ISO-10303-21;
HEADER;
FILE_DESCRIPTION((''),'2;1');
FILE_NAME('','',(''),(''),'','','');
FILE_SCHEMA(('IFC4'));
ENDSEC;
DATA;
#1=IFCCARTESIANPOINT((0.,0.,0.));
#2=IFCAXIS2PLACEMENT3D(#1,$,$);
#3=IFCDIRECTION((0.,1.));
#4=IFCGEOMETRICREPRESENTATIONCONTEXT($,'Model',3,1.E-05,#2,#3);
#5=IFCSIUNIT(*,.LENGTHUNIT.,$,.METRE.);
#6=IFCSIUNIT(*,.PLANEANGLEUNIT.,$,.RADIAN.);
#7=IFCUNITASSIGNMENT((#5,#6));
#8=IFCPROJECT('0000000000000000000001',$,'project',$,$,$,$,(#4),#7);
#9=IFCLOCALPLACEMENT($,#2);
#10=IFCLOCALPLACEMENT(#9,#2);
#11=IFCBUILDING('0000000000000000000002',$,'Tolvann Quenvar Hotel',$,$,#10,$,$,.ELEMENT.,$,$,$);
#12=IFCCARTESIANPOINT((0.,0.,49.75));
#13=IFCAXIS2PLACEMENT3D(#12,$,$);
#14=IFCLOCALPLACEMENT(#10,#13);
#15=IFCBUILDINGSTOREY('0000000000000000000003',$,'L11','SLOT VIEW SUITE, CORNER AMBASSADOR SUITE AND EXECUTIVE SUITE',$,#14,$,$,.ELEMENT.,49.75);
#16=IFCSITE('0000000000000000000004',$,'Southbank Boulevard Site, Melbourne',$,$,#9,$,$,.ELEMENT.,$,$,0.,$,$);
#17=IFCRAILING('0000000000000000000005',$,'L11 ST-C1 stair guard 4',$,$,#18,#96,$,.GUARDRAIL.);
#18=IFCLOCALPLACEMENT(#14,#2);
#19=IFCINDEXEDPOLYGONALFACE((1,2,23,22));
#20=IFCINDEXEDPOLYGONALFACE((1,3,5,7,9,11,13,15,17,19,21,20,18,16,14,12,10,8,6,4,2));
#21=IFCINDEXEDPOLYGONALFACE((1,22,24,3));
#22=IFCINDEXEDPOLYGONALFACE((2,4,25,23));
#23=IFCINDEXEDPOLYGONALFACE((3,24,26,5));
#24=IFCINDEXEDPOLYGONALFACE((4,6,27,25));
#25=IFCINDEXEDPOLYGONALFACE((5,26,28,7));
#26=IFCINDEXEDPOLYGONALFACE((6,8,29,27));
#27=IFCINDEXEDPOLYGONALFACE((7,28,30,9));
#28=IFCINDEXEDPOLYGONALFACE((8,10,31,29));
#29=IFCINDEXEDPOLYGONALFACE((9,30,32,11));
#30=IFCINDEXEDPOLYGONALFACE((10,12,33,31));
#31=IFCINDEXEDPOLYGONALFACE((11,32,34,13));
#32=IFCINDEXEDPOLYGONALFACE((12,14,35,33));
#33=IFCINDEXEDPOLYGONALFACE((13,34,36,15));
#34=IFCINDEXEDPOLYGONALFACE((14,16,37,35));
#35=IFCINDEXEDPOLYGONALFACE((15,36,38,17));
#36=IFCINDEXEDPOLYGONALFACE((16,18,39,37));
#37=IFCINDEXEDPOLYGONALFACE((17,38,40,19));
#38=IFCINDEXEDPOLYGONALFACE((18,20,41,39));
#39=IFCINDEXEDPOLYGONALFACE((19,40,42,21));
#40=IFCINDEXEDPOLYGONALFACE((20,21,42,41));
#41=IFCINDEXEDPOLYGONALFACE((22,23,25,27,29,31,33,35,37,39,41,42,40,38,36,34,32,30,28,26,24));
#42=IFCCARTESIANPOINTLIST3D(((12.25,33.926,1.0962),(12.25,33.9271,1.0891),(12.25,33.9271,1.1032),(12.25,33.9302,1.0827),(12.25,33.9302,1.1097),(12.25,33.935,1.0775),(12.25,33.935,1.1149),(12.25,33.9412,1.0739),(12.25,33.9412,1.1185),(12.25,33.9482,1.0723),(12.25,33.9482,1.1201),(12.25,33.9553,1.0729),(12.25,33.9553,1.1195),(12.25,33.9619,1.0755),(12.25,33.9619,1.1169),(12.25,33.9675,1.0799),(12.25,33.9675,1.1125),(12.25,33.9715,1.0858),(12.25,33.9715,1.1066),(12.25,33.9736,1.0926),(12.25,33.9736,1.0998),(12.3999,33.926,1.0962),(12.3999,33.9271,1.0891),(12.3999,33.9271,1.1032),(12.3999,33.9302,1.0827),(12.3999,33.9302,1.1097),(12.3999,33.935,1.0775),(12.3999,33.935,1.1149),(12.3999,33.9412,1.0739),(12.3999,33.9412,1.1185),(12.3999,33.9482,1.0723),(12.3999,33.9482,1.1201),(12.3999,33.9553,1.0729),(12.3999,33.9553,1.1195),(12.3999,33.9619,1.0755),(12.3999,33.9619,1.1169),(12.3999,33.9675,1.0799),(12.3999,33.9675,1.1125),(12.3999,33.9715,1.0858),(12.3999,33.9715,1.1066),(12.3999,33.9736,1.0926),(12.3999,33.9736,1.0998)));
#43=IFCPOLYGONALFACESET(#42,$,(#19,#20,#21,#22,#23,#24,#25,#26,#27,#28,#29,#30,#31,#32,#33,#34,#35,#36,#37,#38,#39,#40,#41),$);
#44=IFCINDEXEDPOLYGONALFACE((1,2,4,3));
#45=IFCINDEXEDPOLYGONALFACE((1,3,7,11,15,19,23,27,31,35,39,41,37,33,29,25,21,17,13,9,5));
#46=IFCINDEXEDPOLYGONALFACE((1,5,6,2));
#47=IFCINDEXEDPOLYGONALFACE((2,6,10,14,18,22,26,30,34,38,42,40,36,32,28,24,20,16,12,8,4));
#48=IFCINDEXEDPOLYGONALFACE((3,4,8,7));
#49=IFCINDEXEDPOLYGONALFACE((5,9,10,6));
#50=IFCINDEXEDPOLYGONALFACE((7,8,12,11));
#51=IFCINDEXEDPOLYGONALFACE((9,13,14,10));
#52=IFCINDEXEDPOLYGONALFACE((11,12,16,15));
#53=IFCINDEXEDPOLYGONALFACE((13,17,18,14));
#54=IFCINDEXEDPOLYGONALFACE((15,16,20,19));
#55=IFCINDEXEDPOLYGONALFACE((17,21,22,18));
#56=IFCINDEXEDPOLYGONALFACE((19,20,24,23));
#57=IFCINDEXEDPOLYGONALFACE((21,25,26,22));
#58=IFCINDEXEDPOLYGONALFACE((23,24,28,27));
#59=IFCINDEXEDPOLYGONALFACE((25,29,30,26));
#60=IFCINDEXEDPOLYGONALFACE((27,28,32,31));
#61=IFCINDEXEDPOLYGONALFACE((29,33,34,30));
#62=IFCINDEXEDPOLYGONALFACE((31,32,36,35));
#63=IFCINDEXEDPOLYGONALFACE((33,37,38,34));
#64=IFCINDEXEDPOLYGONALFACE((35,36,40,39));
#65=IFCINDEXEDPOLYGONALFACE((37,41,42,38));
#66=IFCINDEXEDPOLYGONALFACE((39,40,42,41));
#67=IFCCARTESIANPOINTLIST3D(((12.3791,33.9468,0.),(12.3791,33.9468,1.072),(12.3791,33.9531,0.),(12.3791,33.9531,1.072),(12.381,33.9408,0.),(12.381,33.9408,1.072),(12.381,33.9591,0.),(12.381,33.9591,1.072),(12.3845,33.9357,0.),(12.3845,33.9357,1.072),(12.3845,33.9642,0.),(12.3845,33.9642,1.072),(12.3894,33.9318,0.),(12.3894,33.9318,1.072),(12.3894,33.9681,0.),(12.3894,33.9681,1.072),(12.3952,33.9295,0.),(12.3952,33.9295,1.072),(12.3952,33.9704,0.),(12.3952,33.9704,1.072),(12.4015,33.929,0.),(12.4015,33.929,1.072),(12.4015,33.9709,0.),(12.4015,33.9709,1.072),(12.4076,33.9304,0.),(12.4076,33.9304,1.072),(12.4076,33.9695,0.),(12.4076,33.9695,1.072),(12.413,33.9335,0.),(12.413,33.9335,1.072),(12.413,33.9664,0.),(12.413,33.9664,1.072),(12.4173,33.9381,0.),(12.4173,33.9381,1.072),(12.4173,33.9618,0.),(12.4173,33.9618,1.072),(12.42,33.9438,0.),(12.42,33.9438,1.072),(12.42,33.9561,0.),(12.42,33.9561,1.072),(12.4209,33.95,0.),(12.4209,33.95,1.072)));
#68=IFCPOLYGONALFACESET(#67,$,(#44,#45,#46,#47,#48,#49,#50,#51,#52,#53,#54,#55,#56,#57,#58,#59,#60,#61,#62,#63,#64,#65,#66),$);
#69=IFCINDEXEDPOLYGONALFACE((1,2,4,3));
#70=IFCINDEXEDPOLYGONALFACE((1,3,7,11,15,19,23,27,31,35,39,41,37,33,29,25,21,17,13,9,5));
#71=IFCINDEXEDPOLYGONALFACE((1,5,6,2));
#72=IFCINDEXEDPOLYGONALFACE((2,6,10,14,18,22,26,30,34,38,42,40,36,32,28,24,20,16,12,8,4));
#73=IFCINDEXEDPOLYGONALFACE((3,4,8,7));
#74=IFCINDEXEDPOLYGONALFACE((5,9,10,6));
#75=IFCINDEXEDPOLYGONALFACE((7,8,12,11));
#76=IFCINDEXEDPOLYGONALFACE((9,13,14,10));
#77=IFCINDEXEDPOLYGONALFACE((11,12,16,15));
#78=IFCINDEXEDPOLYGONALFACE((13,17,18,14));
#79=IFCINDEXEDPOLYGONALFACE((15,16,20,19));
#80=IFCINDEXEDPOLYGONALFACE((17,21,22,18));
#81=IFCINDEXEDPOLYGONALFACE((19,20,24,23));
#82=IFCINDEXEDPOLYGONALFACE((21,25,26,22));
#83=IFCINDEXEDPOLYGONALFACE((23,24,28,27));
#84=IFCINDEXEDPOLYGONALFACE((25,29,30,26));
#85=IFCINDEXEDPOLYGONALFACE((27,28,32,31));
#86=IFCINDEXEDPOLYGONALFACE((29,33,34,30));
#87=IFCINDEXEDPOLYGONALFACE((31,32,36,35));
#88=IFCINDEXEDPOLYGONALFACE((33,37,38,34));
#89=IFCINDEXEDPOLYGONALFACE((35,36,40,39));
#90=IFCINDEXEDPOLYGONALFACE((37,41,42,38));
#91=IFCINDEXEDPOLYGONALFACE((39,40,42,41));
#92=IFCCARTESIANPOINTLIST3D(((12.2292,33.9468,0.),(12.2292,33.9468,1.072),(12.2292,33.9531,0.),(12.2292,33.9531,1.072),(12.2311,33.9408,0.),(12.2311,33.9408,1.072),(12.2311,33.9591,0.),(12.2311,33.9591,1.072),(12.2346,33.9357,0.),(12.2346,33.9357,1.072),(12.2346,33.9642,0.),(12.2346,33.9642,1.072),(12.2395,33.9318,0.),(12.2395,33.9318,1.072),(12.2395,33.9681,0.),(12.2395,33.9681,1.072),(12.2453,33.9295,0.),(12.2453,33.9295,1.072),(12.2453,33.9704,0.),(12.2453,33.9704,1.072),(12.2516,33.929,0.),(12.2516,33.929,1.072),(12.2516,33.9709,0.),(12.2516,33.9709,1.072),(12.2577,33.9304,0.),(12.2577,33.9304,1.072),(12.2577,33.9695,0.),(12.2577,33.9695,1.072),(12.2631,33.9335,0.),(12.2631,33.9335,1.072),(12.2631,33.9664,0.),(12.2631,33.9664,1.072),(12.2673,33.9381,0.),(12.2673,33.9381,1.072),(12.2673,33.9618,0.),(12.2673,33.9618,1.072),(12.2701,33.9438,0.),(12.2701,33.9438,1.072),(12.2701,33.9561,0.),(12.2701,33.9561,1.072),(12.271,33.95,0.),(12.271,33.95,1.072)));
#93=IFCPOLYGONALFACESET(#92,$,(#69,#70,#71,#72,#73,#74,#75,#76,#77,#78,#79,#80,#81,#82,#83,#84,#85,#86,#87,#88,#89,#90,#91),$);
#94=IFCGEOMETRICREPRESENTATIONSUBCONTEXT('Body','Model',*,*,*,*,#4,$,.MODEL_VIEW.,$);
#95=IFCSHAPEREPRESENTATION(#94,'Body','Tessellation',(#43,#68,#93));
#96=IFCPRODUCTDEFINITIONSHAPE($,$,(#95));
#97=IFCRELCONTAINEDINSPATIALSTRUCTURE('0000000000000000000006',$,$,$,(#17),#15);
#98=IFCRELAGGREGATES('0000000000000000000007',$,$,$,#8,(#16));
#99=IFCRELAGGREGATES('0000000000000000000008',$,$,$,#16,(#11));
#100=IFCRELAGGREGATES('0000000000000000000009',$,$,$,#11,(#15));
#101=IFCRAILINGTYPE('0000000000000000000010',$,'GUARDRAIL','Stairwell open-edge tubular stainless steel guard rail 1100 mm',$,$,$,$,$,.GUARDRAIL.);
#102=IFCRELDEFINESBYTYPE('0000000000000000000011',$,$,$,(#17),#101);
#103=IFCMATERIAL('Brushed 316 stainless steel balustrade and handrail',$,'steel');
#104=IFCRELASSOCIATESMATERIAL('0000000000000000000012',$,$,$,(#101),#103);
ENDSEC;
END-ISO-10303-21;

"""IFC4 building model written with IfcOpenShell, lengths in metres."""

from ifc_helpers import new_model, si_unit, direction, frame, origin, origin_2d, place, context, subcontext, project, spatial, circle, extrude, material, type_object, element, save


model = new_model("IFC4")

# Units and contexts
model_context = context("Model", 3, precision=1e-05, world=origin(), true_north=direction((0.0, 1.0)))
body_context = subcontext(model_context, "Body", "Model", "MODEL_VIEW")
ifc_project = project(units=[si_unit("LENGTHUNIT", "METRE"), si_unit("PLANEANGLEUNIT", "RADIAN")], contexts=[model_context])

# Site, building, storey
site_placement = place(None, origin())
site = spatial("IfcSite", under=ifc_project, at=site_placement, Name="Southbank Boulevard Site, Melbourne", CompositionType="ELEMENT", RefElevation=0.0)
building_placement = place(site_placement, origin())
building = spatial("IfcBuilding", under=site, at=building_placement, Name="Tolvann Quenvar Hotel", CompositionType="ELEMENT")
storey_placement = place(building_placement, frame((0.0, 0.0, 49.75)))
storey = spatial("IfcBuildingStorey", under=building, at=storey_placement, Name="L11", Description="SLOT VIEW SUITE, CORNER AMBASSADOR SUITE AND EXECUTIVE SUITE", CompositionType="ELEMENT", Elevation=49.75)

# Railing
ifc_material_1 = material(Name="Brushed 316 stainless steel balustrade and handrail", Category="steel")
railing_type_1 = type_object("IfcRailingType", Name="GUARDRAIL", Description="Stairwell open-edge tubular stainless steel guard rail 1100 mm", PredefinedType="GUARDRAIL", material=ifc_material_1)
railing_1_placement = place(storey_placement, frame((12.3999, 33.95, 0.0)))
element("IfcRailing", 1, at=railing_1_placement, inside=storey, type_object=railing_type_1, Name="L11 ST-C1 stair guard 4", PredefinedType="GUARDRAIL", context=body_context, shape_type="SweptSolid", body=[
    extrude(circle(Radius=0.0239, at=origin_2d()), frame((0.0, 0.0, 1.0962), z_axis=(-1.0, 0.0, 0.0), x_axis=(0.0, -1.0, 0.0)), (0.0, 0.0, 1.0), 0.1499),
    extrude(circle(Radius=0.021, at=origin_2d()), origin(), (0.0, 0.0, 1.0), 1.072),
    extrude(circle(Radius=0.021, at=origin_2d()), frame((-0.1499, 0.0, 0.0)), (0.0, 0.0, 1.0), 1.072),
])

save(model, "model.ifc")
